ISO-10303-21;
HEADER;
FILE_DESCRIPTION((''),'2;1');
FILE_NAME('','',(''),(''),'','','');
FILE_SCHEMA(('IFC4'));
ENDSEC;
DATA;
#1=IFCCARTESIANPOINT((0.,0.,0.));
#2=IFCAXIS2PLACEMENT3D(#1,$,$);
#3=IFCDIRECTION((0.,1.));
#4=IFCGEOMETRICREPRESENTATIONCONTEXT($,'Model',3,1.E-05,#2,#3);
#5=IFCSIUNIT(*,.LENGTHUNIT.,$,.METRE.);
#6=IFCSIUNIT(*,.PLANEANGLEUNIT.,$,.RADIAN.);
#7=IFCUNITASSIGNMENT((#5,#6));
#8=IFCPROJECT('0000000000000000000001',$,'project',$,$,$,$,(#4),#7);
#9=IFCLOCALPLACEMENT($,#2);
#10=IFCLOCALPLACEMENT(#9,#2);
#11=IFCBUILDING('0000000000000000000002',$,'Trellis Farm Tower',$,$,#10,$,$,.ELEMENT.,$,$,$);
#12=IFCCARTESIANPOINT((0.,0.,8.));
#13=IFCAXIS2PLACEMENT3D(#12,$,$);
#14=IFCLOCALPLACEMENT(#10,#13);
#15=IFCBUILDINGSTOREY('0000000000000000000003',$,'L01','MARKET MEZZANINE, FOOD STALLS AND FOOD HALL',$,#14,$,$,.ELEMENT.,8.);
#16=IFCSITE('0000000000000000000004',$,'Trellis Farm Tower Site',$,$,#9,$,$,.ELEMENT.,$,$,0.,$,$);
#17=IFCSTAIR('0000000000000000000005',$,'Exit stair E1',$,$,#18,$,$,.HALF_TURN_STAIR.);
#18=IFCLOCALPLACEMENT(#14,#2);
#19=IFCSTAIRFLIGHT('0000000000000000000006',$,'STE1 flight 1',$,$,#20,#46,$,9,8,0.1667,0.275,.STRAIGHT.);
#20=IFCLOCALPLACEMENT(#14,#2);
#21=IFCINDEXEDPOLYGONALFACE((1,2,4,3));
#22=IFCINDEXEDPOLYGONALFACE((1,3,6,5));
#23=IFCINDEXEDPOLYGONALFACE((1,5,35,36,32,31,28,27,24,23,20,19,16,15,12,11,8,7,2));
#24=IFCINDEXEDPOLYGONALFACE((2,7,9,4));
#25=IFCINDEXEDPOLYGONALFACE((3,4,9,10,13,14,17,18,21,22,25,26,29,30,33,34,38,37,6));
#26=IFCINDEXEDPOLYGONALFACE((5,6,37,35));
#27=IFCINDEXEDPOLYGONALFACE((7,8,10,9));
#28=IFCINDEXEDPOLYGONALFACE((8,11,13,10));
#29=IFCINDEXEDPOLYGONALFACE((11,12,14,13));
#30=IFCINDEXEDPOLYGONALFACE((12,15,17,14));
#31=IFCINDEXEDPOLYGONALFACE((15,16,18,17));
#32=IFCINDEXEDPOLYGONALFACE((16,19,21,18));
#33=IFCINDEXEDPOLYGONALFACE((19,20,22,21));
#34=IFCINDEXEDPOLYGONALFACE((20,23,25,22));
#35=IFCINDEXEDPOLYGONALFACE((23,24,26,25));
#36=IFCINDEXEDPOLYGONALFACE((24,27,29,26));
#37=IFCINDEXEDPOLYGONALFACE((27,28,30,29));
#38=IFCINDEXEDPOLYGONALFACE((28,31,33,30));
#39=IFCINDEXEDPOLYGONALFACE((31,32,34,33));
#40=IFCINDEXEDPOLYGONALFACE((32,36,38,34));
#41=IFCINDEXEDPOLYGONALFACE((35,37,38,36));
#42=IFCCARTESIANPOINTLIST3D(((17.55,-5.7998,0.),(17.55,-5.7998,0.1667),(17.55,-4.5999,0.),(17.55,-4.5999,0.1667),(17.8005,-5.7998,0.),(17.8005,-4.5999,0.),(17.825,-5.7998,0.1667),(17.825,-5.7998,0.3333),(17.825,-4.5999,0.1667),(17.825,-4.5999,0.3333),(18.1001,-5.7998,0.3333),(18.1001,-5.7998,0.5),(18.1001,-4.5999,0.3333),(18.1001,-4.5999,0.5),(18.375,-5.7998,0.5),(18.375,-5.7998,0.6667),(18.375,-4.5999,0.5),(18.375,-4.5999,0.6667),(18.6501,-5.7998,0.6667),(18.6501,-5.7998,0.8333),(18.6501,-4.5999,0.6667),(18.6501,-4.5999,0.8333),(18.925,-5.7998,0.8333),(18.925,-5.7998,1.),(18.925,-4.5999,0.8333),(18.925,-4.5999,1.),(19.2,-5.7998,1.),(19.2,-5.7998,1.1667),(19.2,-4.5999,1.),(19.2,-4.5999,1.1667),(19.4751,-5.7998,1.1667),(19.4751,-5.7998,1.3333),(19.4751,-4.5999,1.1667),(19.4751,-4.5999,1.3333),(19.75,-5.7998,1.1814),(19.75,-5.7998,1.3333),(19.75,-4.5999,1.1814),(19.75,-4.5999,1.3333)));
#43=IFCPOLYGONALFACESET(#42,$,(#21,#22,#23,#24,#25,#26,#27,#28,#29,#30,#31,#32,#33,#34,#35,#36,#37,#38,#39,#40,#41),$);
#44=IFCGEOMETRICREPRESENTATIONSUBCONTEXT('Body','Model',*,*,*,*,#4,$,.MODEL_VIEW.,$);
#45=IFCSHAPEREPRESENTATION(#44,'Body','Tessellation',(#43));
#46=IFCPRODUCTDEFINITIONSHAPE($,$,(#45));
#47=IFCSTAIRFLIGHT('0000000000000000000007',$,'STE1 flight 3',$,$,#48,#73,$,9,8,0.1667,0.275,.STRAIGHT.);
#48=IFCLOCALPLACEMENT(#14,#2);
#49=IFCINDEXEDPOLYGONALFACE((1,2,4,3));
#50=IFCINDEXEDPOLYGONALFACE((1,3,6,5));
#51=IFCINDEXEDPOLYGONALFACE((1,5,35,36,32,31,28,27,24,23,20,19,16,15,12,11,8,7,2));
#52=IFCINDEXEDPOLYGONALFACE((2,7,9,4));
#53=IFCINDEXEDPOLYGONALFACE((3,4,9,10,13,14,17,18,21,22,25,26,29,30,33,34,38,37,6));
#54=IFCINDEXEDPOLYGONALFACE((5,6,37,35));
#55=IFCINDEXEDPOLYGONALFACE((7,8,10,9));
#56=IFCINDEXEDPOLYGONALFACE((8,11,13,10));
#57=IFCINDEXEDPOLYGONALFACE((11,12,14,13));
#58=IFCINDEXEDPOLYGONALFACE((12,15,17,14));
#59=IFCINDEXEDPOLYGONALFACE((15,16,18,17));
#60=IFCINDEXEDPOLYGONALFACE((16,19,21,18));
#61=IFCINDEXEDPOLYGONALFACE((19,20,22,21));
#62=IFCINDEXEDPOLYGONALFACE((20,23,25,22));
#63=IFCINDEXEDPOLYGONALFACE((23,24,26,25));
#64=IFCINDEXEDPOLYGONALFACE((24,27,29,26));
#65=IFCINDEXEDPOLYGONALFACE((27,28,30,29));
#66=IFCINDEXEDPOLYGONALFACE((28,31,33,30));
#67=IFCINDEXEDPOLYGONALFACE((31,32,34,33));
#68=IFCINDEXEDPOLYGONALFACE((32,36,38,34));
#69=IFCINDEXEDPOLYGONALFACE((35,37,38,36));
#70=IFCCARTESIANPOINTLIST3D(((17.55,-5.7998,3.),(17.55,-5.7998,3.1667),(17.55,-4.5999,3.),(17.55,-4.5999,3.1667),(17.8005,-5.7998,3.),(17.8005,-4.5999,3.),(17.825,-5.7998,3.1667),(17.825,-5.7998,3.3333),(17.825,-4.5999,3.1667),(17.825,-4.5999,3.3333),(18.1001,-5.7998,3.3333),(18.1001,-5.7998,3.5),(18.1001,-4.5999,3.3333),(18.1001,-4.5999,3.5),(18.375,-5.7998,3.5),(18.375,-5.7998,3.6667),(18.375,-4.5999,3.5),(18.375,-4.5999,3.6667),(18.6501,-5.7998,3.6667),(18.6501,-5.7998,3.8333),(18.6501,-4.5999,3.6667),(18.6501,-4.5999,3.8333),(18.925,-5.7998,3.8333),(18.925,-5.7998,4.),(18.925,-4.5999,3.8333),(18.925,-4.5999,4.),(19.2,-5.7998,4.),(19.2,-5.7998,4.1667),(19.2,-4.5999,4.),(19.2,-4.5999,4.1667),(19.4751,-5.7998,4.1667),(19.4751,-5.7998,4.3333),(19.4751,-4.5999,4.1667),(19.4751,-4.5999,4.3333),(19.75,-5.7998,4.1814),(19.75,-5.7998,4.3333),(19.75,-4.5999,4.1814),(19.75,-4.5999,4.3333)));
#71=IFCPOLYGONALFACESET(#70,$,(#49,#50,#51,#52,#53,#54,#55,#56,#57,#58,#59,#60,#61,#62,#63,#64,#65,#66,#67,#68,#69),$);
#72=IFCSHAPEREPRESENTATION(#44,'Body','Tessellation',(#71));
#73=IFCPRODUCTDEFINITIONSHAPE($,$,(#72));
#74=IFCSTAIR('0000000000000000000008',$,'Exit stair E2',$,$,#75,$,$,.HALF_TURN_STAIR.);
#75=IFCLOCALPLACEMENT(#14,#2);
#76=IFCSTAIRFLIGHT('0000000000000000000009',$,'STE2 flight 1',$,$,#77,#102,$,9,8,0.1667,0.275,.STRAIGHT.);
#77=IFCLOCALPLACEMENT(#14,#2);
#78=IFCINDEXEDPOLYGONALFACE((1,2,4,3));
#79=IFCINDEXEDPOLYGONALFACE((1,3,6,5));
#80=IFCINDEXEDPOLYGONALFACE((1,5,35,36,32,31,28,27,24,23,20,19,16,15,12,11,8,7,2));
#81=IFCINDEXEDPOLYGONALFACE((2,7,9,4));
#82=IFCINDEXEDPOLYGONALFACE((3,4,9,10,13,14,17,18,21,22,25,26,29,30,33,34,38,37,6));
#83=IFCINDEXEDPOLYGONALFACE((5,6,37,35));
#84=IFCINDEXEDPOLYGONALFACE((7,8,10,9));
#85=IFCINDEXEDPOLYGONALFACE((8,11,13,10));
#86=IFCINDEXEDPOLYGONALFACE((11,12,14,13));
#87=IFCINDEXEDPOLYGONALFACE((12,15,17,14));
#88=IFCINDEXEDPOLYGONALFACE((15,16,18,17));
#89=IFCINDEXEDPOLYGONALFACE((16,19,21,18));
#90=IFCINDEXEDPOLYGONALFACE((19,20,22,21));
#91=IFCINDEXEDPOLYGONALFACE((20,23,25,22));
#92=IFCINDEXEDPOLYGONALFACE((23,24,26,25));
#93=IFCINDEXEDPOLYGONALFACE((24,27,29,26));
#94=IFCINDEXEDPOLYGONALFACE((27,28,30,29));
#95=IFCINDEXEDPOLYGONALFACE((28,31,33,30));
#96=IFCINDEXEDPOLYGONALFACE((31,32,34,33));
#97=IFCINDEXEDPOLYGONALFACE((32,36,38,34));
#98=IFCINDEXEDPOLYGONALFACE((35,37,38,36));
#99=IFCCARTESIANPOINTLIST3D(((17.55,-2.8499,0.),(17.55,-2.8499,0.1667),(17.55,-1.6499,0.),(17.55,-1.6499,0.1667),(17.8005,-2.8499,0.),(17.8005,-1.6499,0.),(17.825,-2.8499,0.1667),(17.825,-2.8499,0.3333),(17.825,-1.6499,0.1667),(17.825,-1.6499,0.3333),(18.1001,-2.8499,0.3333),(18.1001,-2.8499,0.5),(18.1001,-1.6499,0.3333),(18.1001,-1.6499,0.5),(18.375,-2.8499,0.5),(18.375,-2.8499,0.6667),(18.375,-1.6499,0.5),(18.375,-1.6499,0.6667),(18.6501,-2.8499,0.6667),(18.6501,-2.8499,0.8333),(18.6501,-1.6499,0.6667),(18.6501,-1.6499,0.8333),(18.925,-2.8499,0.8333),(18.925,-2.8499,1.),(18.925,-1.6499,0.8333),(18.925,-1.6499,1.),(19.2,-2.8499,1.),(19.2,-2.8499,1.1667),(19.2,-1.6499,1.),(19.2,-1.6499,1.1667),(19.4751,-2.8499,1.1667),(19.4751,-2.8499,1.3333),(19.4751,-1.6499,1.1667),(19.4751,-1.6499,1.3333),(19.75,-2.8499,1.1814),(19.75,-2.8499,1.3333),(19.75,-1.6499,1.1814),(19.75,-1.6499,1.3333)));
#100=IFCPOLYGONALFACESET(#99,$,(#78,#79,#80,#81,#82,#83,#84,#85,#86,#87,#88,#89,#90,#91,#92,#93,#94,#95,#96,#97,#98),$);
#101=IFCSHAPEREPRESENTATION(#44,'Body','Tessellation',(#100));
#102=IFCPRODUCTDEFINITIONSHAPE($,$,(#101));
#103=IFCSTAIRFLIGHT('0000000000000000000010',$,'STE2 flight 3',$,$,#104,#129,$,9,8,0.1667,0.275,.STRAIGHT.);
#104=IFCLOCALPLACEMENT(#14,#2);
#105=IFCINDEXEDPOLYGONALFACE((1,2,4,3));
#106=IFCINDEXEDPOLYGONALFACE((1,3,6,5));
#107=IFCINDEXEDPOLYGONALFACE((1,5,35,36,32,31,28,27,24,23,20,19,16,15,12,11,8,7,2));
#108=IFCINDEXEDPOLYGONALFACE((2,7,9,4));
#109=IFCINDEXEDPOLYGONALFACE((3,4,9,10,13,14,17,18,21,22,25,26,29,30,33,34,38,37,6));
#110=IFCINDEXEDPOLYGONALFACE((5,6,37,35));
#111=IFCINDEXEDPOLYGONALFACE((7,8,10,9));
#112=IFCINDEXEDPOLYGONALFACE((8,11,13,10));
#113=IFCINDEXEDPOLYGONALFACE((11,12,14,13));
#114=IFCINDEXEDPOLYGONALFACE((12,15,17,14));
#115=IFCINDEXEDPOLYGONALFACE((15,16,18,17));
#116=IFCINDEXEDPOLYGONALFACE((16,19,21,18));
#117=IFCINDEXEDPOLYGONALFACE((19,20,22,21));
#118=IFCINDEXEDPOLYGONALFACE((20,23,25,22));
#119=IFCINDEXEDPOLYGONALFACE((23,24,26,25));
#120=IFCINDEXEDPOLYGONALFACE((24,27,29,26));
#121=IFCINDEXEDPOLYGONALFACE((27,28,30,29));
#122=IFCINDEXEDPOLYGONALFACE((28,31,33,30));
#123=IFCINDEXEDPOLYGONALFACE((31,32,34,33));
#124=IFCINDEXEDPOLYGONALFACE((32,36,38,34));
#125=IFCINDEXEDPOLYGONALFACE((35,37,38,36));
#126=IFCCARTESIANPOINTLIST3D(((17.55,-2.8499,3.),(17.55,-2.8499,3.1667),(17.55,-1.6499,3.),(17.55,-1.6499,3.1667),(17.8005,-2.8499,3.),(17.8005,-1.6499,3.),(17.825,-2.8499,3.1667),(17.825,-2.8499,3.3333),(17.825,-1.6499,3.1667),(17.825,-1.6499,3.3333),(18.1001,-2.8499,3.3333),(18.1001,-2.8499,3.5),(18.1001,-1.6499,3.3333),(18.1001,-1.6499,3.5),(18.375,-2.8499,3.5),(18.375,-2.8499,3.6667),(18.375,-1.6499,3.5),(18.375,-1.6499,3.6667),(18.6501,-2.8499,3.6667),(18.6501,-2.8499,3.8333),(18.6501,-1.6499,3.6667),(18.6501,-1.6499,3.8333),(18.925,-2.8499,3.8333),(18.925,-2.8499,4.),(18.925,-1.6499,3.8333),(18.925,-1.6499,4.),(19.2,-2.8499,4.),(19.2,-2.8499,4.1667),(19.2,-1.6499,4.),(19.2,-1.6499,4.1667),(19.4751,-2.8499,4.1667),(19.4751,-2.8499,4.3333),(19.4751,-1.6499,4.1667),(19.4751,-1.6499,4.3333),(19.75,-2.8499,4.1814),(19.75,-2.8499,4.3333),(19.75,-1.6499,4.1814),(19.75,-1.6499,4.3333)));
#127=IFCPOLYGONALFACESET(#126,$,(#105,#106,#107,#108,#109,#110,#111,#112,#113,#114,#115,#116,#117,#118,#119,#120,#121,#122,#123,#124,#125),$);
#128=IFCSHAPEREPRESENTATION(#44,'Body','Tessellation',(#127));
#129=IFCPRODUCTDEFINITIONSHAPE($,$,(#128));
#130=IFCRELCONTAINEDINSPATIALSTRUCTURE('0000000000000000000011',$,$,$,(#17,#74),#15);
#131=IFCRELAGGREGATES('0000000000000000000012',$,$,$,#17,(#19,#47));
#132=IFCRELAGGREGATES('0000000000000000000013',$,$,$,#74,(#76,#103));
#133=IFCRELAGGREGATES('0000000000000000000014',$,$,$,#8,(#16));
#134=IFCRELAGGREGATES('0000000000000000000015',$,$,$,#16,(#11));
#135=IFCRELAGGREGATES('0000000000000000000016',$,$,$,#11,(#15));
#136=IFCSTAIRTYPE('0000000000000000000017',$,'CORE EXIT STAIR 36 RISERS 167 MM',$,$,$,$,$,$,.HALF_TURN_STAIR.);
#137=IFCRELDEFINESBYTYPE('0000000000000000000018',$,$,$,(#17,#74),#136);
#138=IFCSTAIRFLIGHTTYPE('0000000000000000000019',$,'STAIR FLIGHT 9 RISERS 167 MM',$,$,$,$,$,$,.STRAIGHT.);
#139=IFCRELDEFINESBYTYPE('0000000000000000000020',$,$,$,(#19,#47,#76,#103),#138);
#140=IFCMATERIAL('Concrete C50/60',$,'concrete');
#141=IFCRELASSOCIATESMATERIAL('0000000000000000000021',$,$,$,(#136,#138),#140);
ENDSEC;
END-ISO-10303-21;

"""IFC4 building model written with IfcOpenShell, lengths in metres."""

from ifc_helpers import new_model, si_unit, direction, frame, origin, place, context, subcontext, project, spatial, polyline, outline, extrude, source, transform, mapped, material, type_object, element, aggregate, save


model = new_model("IFC4")

# Units and contexts
model_context = context("Model", 3, precision=1e-05, world=origin(), true_north=direction((0.0, 1.0)))
body_context = subcontext(model_context, "Body", "Model", "MODEL_VIEW")
ifc_project = project(units=[si_unit("LENGTHUNIT", "METRE"), si_unit("PLANEANGLEUNIT", "RADIAN")], contexts=[model_context])

# Site, building, storey
site_placement = place(None, origin())
site = spatial("IfcSite", under=ifc_project, at=site_placement, Name="Trellis Farm Tower Site", CompositionType="ELEMENT", RefElevation=0.0)
building_placement = place(site_placement, origin())
building = spatial("IfcBuilding", under=site, at=building_placement, Name="Trellis Farm Tower", CompositionType="ELEMENT")
storey_placement = place(building_placement, frame((0.0, 0.0, 8.0)))
storey = spatial("IfcBuildingStorey", under=building, at=storey_placement, Name="L01", Description="MARKET MEZZANINE, FOOD STALLS AND FOOD HALL", CompositionType="ELEMENT", Elevation=8.0)

# Shared definitions
placement_1 = place(storey_placement, origin())

# Shared definitions
ifc_material_1 = material(Name="Concrete C50/60", Category="concrete")

# Shared definitions
stair_type_1 = type_object("IfcStairType", Name="CORE EXIT STAIR 36 RISERS 167 MM", PredefinedType="HALF_TURN_STAIR", material=ifc_material_1)

# Stairs, stair flights
stair_1 = element("IfcStair", 1, at=placement_1, inside=storey, type_object=stair_type_1, Name="Exit stair E1", PredefinedType="HALF_TURN_STAIR")
stair_flight_type = type_object("IfcStairFlightType", Name="STAIR FLIGHT 9 RISERS 167 MM", PredefinedType="STRAIGHT", material=ifc_material_1)
shared_shape_1 = source(origin(), body_context, "Body", "SweptSolid", [
    extrude(outline(polyline([(0.0, 0.0), (0.0, 0.1667), (0.2749, 0.1667), (0.2749, 0.3333), (0.55, 0.3333), (0.55, 0.5), (0.825, 0.5), (0.825, 0.6667), (1.1001, 0.6667), (1.1001, 0.8333), (1.375, 0.8333), (1.375, 1.0), (1.6499, 1.0), (1.6499, 1.1667), (1.925, 1.1667), (1.925, 1.3333), (2.2, 1.3333), (2.2, 1.5), (2.2, 1.1814), (0.2505, 0.0), (0.0, 0.0)])), frame((0.0, 0.6001, 0.0), z_axis=(0.0, -1.0, 0.0), x_axis=(1.0, 0.0, 0.0)), (0.0, 0.0, 1.0), 1.2),
])
stair_flight_1_placement = place(storey_placement, frame((17.55, -5.2, 0.0), z_axis=(0.0, 0.0, 1.0), x_axis=(1.0, 0.0, 0.0)))
stair_flight_1 = element("IfcStairFlight", 2, at=stair_flight_1_placement, type_object=stair_flight_type, Name="STE1 flight 1", NumberOfRisers=9, NumberOfTreads=8, PredefinedType="STRAIGHT", RiserHeight=0.1667, TreadLength=0.275, context=body_context, shape_type="MappedRepresentation", body=[
    mapped(shared_shape_1, transform((0.0, 0.0, 0.0))),
])
stair_flight_2_placement = place(storey_placement, frame((17.55, -5.2, 3.0), z_axis=(0.0, 0.0, 1.0), x_axis=(1.0, 0.0, 0.0)))
stair_flight_2 = element("IfcStairFlight", 3, at=stair_flight_2_placement, type_object=stair_flight_type, Name="STE1 flight 3", NumberOfRisers=9, NumberOfTreads=8, PredefinedType="STRAIGHT", RiserHeight=0.1667, TreadLength=0.275, context=body_context, shape_type="MappedRepresentation", body=[
    mapped(shared_shape_1, transform((0.0, 0.0, 0.0))),
])
aggregate(stair_1, [stair_flight_1, stair_flight_2])
stair_2 = element("IfcStair", 4, at=placement_1, inside=storey, type_object=stair_type_1, Name="Exit stair E2", PredefinedType="HALF_TURN_STAIR")
stair_flight_3_placement = place(storey_placement, frame((17.55, -2.25, 0.0), z_axis=(0.0, 0.0, 1.0), x_axis=(1.0, 0.0, 0.0)))
stair_flight_3 = element("IfcStairFlight", 5, at=stair_flight_3_placement, type_object=stair_flight_type, Name="STE2 flight 1", NumberOfRisers=9, NumberOfTreads=8, PredefinedType="STRAIGHT", RiserHeight=0.1667, TreadLength=0.275, context=body_context, shape_type="MappedRepresentation", body=[
    mapped(shared_shape_1, transform((0.0, 0.0, 0.0))),
])
stair_flight_4_placement = place(storey_placement, frame((17.55, -2.25, 3.0), z_axis=(0.0, 0.0, 1.0), x_axis=(1.0, 0.0, 0.0)))
stair_flight_4 = element("IfcStairFlight", 6, at=stair_flight_4_placement, type_object=stair_flight_type, Name="STE2 flight 3", NumberOfRisers=9, NumberOfTreads=8, PredefinedType="STRAIGHT", RiserHeight=0.1667, TreadLength=0.275, context=body_context, shape_type="MappedRepresentation", body=[
    mapped(shared_shape_1, transform((0.0, 0.0, 0.0))),
])
aggregate(stair_2, [stair_flight_3, stair_flight_4])

save(model, "model.ifc")
